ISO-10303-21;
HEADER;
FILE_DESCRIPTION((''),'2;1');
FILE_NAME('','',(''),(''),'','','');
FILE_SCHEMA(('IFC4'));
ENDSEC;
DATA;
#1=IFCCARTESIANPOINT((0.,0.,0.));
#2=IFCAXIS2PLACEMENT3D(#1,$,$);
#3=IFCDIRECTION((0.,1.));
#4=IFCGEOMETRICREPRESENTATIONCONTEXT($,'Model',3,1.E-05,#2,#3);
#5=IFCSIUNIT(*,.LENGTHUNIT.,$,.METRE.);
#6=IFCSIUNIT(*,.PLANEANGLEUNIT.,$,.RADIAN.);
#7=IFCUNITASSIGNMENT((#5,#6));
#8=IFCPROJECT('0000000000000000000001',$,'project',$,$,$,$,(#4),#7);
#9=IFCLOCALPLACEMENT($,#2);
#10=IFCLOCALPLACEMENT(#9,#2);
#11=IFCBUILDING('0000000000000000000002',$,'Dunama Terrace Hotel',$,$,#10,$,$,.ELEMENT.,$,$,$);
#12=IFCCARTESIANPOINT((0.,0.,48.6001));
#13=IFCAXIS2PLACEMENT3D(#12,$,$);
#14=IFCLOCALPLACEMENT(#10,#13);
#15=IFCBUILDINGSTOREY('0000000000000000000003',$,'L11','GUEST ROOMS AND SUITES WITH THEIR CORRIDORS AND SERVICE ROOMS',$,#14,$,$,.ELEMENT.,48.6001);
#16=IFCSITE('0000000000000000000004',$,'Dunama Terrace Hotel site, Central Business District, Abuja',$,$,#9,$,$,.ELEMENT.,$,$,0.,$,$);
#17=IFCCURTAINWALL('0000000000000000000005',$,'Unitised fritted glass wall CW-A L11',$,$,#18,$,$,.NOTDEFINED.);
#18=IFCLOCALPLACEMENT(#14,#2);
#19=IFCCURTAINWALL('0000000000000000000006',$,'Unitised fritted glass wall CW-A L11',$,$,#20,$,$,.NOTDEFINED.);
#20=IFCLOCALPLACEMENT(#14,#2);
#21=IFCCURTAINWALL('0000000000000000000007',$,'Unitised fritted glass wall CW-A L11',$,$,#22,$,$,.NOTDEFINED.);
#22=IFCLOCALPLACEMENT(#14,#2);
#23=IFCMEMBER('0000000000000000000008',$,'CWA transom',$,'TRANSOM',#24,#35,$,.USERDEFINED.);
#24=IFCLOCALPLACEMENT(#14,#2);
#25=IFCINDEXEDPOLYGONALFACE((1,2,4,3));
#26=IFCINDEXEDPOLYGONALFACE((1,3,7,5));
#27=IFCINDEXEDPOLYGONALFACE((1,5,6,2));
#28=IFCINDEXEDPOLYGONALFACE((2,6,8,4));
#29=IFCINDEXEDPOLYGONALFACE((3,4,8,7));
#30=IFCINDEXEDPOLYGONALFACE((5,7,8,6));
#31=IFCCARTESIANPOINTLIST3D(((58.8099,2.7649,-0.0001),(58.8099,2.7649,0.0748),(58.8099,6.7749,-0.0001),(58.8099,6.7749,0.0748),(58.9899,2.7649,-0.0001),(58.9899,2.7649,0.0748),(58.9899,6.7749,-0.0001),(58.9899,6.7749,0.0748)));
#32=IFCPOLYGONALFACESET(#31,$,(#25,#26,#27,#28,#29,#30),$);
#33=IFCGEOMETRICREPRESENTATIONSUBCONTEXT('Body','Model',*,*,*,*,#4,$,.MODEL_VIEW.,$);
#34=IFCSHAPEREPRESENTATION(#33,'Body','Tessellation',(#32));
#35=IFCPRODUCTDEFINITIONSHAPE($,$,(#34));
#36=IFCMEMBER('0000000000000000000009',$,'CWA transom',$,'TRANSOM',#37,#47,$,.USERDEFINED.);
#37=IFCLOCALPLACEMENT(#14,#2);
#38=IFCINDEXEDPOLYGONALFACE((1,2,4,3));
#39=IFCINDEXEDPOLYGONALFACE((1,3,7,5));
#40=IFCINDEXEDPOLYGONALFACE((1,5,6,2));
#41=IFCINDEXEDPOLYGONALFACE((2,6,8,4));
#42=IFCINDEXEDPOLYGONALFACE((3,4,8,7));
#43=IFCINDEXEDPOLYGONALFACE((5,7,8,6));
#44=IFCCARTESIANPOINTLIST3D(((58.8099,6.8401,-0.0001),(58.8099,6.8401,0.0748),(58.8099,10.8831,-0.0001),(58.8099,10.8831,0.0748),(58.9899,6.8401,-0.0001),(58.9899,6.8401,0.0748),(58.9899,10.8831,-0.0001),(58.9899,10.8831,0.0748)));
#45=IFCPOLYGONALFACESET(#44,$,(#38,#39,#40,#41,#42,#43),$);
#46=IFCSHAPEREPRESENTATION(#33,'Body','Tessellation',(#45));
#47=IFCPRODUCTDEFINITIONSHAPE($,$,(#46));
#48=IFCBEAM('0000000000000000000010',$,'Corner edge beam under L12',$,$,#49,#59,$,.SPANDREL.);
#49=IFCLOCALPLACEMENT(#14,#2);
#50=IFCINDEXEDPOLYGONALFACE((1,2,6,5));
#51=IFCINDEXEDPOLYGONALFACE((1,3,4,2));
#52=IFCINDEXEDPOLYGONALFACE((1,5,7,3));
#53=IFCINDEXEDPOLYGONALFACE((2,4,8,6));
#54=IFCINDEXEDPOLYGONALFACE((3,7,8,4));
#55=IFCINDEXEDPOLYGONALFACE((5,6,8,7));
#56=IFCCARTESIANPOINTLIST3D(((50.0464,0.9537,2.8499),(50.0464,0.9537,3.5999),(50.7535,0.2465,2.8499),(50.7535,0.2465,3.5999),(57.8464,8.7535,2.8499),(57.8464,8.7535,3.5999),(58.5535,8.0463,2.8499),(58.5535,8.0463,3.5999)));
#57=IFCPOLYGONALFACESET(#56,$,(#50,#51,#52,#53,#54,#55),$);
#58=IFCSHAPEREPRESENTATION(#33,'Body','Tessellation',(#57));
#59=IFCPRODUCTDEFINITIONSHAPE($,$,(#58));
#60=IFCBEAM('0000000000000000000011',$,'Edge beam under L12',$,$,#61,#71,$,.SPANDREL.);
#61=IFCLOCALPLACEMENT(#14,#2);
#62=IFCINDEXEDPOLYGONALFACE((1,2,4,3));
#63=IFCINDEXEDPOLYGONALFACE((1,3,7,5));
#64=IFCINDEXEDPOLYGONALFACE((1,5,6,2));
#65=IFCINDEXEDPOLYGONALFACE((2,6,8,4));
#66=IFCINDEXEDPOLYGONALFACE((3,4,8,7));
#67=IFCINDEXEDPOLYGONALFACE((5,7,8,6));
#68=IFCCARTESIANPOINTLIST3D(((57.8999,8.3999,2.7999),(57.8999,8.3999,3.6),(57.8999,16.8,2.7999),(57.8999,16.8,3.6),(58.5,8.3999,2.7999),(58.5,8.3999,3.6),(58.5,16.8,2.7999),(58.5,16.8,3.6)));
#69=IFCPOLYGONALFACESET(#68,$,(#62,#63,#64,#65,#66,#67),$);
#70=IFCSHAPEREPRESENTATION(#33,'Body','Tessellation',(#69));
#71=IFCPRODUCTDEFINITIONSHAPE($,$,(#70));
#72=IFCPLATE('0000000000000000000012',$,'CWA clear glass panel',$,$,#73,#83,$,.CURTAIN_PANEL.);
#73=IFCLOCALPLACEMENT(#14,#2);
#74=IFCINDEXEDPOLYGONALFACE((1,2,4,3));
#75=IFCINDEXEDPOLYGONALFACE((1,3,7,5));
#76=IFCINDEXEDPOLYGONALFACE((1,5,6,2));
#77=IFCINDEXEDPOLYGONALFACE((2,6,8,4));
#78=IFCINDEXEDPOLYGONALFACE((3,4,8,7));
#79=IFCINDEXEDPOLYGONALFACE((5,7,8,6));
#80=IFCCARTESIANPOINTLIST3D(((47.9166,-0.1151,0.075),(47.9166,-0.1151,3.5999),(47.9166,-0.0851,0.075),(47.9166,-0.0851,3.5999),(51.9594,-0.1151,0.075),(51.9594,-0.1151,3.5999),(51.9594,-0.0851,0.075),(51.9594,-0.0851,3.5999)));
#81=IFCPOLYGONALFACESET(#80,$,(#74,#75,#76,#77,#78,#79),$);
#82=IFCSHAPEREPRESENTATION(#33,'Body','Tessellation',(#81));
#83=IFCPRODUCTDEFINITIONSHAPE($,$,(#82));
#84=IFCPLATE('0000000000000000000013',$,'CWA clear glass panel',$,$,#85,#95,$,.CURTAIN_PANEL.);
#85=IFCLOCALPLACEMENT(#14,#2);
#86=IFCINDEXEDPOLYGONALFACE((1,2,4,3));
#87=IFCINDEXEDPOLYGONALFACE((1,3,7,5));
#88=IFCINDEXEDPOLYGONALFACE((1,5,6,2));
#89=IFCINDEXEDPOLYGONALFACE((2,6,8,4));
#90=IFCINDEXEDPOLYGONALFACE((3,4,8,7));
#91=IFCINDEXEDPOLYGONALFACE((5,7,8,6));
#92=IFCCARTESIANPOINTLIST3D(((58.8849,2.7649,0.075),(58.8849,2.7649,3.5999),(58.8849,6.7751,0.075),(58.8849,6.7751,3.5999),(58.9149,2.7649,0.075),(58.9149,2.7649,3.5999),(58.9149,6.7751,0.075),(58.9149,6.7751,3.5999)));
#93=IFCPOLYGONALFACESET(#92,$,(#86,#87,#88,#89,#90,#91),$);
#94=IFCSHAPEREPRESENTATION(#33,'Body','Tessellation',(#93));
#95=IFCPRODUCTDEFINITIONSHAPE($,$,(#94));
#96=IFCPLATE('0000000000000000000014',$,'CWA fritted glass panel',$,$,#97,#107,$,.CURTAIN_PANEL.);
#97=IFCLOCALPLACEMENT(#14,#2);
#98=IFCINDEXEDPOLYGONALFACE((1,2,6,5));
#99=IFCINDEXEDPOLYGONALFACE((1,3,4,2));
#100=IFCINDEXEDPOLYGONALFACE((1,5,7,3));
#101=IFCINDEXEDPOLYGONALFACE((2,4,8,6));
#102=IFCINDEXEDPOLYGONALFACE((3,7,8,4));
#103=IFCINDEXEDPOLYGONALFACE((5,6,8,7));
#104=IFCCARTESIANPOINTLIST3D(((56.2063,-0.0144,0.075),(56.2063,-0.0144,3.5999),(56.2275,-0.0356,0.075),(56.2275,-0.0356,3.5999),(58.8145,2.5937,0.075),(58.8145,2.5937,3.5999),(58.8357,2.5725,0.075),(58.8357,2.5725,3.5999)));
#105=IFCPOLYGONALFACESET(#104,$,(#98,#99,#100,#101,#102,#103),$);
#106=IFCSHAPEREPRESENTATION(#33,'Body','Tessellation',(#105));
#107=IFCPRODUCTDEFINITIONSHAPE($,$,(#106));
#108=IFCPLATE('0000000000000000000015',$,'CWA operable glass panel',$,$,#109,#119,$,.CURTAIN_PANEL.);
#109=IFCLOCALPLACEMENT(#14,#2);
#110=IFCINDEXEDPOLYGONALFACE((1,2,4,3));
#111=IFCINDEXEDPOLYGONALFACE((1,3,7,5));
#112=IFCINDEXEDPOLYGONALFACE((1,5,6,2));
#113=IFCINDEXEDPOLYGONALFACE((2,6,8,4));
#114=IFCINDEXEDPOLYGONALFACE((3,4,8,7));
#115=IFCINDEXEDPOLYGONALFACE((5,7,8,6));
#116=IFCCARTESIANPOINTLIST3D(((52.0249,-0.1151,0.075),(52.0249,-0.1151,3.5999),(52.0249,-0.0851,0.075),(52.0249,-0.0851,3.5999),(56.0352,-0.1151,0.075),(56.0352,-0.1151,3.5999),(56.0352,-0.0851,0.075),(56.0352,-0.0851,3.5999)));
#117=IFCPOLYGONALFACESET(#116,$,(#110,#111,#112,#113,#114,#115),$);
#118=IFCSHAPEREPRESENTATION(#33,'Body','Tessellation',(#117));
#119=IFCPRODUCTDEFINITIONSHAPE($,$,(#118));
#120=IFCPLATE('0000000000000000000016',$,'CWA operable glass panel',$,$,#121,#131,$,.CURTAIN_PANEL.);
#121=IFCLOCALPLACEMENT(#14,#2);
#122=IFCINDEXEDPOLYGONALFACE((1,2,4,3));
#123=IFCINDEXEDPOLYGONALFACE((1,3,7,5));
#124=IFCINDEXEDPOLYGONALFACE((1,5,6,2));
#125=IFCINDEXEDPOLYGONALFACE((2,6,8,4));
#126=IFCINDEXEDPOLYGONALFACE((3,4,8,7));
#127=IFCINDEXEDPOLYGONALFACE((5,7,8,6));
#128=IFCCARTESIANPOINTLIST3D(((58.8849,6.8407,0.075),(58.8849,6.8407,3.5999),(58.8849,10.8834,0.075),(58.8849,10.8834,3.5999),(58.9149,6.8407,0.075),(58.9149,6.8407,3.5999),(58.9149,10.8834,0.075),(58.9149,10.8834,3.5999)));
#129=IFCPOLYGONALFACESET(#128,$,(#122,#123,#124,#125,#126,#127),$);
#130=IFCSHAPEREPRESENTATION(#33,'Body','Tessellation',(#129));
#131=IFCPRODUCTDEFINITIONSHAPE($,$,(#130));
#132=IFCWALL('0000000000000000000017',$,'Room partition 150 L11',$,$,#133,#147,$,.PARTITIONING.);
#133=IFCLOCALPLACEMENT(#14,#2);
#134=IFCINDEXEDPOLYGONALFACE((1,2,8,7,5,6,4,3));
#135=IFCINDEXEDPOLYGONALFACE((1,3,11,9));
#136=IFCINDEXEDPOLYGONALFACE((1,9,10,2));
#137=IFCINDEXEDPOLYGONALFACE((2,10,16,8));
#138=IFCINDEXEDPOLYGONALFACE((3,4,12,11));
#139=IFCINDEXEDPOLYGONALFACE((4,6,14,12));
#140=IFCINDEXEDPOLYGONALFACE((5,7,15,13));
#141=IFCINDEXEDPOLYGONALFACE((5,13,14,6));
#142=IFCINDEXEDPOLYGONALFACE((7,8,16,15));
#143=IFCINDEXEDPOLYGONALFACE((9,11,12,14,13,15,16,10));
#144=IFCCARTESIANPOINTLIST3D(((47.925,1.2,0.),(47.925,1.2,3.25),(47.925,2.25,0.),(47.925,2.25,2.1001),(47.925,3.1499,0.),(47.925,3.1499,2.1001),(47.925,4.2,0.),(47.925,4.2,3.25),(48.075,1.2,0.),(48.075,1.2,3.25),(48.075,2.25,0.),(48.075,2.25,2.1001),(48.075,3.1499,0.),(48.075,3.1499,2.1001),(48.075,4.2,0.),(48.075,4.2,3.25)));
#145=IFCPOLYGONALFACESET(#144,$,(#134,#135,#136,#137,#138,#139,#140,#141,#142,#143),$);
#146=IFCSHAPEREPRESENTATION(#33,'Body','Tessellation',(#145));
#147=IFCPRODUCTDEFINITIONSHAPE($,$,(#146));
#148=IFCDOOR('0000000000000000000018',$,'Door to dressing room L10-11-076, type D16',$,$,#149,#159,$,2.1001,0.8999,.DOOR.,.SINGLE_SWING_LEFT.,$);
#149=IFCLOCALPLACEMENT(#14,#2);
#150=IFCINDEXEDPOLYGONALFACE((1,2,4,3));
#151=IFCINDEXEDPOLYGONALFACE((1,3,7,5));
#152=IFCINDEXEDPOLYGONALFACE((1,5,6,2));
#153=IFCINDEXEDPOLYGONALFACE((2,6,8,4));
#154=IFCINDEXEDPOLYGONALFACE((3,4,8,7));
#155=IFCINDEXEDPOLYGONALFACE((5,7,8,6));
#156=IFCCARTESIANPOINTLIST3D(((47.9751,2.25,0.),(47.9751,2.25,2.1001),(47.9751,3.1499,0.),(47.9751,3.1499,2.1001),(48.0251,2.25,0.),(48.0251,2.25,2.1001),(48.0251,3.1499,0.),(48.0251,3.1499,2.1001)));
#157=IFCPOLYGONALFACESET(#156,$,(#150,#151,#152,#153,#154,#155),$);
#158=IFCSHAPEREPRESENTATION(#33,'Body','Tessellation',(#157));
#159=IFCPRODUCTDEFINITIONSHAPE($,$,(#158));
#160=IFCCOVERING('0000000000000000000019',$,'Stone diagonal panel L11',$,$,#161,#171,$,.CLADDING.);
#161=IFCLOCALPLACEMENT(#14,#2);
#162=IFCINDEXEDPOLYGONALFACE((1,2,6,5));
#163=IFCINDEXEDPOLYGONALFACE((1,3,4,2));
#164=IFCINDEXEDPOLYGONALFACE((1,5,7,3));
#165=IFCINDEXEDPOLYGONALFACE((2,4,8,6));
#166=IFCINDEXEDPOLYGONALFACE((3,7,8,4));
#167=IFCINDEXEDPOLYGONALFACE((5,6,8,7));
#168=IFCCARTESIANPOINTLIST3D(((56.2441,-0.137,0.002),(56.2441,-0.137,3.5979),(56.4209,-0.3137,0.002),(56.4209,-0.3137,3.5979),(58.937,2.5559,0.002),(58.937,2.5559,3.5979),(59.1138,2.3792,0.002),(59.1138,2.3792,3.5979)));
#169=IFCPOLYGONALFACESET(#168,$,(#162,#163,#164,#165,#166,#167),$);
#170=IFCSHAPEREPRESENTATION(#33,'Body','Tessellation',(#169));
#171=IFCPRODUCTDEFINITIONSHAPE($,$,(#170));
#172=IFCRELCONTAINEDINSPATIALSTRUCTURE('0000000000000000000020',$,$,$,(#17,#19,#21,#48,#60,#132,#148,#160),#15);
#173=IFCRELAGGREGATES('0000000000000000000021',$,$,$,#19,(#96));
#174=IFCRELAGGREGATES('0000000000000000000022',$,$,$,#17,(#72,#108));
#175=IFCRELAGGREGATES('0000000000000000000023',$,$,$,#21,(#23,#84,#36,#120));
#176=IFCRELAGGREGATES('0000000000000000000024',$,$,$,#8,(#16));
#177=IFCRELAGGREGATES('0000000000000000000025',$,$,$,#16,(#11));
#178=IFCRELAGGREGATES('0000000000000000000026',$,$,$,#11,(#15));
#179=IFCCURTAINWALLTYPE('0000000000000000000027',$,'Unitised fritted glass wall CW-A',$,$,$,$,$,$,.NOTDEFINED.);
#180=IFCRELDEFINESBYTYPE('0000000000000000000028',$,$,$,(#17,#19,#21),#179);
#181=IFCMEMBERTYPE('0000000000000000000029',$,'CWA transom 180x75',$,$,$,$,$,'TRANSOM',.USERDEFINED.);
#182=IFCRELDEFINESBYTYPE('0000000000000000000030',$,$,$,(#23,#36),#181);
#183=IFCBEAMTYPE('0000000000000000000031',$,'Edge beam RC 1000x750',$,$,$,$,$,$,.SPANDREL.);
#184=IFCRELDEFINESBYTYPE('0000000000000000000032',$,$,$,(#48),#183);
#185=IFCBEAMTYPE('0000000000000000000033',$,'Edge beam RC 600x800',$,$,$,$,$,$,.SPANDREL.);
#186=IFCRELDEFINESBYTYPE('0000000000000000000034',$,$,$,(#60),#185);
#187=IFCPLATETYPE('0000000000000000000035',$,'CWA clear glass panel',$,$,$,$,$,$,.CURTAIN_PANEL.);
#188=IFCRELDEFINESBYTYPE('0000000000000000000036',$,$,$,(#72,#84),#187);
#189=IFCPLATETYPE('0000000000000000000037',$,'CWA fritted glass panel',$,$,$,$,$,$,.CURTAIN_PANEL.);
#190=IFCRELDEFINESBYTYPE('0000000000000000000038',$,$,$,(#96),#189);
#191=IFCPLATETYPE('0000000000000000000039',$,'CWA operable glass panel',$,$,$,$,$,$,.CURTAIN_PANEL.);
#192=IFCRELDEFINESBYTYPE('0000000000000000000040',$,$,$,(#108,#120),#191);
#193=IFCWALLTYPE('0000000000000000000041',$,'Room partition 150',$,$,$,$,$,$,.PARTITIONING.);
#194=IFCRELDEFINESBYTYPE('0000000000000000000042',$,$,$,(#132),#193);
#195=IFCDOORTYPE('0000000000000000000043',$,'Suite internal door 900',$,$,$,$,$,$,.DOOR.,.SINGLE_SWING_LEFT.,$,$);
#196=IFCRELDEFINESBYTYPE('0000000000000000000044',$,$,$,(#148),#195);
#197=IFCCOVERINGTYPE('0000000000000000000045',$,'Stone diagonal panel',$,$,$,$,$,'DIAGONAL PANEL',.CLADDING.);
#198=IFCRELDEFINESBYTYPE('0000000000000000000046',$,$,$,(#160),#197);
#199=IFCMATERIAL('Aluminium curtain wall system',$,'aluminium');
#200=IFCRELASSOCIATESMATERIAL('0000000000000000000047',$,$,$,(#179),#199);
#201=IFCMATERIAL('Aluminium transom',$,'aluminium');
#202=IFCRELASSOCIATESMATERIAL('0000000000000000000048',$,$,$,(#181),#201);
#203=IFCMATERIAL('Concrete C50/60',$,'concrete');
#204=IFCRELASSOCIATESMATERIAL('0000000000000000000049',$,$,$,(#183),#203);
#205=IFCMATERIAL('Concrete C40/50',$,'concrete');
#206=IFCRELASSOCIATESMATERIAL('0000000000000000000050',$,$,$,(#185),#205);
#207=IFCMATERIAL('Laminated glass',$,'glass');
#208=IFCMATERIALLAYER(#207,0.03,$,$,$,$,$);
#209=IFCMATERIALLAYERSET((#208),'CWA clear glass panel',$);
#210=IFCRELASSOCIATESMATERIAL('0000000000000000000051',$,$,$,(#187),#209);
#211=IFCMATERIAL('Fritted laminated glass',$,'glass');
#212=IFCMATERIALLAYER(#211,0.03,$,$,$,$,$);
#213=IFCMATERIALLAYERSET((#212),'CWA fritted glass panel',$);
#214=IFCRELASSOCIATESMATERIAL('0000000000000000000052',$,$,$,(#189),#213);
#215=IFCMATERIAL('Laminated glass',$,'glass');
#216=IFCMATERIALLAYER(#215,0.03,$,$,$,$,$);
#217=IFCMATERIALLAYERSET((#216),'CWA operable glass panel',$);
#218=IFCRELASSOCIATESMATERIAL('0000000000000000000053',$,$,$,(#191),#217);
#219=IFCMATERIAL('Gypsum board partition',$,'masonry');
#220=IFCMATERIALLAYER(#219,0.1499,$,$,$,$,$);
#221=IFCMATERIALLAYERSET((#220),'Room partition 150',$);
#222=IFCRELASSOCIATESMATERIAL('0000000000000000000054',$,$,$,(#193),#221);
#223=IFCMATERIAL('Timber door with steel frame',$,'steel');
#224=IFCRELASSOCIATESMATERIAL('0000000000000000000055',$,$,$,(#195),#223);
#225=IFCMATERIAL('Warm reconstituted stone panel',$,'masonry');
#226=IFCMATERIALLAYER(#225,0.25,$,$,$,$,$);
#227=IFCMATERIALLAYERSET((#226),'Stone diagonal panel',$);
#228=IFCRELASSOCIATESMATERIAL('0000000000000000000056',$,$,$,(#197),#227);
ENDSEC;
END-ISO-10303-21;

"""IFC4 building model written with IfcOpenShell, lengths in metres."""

from ifc_helpers import new_model, si_unit, direction, frame, frame_2d, origin, origin_2d, place, context, subcontext, project, spatial, rectangle, extrude, material, layer, layer_set, material_profile, profile_set, type_object, element, fill, aggregate, save


model = new_model("IFC4")

# Units and contexts
model_context = context("Model", 3, precision=1e-05, world=origin(), true_north=direction((0.0, 1.0)))
body_context = subcontext(model_context, "Body", "Model", "MODEL_VIEW")
ifc_project = project(units=[si_unit("LENGTHUNIT", "METRE"), si_unit("PLANEANGLEUNIT", "RADIAN")], contexts=[model_context])

# Site, building, storey
site_placement = place(None, origin())
site = spatial("IfcSite", under=ifc_project, at=site_placement, Name="Dunama Terrace Hotel site, Central Business District, Abuja", CompositionType="ELEMENT", RefElevation=0.0)
building_placement = place(site_placement, origin())
building = spatial("IfcBuilding", under=site, at=building_placement, Name="Dunama Terrace Hotel", CompositionType="ELEMENT")
storey_placement = place(building_placement, frame((0.0, 0.0, 48.6001)))
storey = spatial("IfcBuildingStorey", under=building, at=storey_placement, Name="L11", Description="GUEST ROOMS AND SUITES WITH THEIR CORRIDORS AND SERVICE ROOMS", CompositionType="ELEMENT", Elevation=48.6001)

# Curtain walls
ifc_material_1 = material(Name="Aluminium curtain wall system", Category="aluminium")
curtain_wall_type = type_object("IfcCurtainWallType", Name="Unitised fritted glass wall CW-A", PredefinedType="NOTDEFINED", material=ifc_material_1)
curtain_wall_1_placement = place(storey_placement, origin())
curtain_wall_1 = element("IfcCurtainWall", 1, at=curtain_wall_1_placement, inside=storey, type_object=curtain_wall_type, Name="Unitised fritted glass wall CW-A L11", PredefinedType="NOTDEFINED")
curtain_wall_2_placement = place(storey_placement, origin())
curtain_wall_2 = element("IfcCurtainWall", 2, at=curtain_wall_2_placement, inside=storey, type_object=curtain_wall_type, Name="Unitised fritted glass wall CW-A L11", PredefinedType="NOTDEFINED")
curtain_wall_3_placement = place(storey_placement, origin())
curtain_wall_3 = element("IfcCurtainWall", 3, at=curtain_wall_3_placement, inside=storey, type_object=curtain_wall_type, Name="Unitised fritted glass wall CW-A L11", PredefinedType="NOTDEFINED")

# Members
ifc_material_2 = material(Name="Aluminium transom", Category="aluminium")
ifc_material_profile_1 = material_profile(ifc_material_2, rectangle(XDim=0.1799, YDim=0.075, at=origin_2d()), Name="CWA TRANSOM 180X75")
ifc_profile_set_1 = profile_set([ifc_material_profile_1], Name="Aluminium transom")
member_type_1 = type_object("IfcMemberType", Name="CWA transom 180x75", ElementType="TRANSOM", PredefinedType="USERDEFINED", material=ifc_profile_set_1)
member_1_placement = place(storey_placement, frame((58.8999, 2.7649, 0.0374), z_axis=(0.0, 1.0, 0.0), x_axis=(-1.0, 0.0, 0.0)))
member_1 = element("IfcMember", 4, at=member_1_placement, type_object=member_type_1, Name="CWA transom", ObjectType="TRANSOM", PredefinedType="USERDEFINED", context=body_context, shape_type="SweptSolid", body=[
    extrude(rectangle(XDim=0.1799, YDim=0.075, at=origin_2d()), origin(), (0.0, 0.0, 1.0), 4.01),
])
member_2_placement = place(storey_placement, frame((58.8999, 6.8401, 0.0374), z_axis=(0.0, 1.0, 0.0), x_axis=(-1.0, 0.0, 0.0)))
member_2 = element("IfcMember", 5, at=member_2_placement, type_object=member_type_1, Name="CWA transom", ObjectType="TRANSOM", PredefinedType="USERDEFINED", context=body_context, shape_type="SweptSolid", body=[
    extrude(rectangle(XDim=0.1799, YDim=0.075, at=origin_2d()), origin(), (0.0, 0.0, 1.0), 4.043),
])

# Beams
ifc_material_3 = material(Name="Concrete C50/60", Category="concrete")
ifc_material_profile_2 = material_profile(ifc_material_3, rectangle(XDim=1.0, YDim=0.75, at=origin_2d()), Name="RC 1000x750")
ifc_profile_set_2 = profile_set([ifc_material_profile_2], Name="Concrete C50/60")
beam_type_1 = type_object("IfcBeamType", Name="Edge beam RC 1000x750", PredefinedType="SPANDREL", material=ifc_profile_set_2)
beam_1_placement = place(storey_placement, frame((50.3999, 0.6001, 3.2249), z_axis=(0.707118, 0.707096, 0.0), x_axis=(-0.707096, 0.707118, 0.0)))
element("IfcBeam", 6, at=beam_1_placement, inside=storey, type_object=beam_type_1, Name="Corner edge beam under L12", PredefinedType="SPANDREL", context=body_context, shape_type="SweptSolid", body=[
    extrude(rectangle(XDim=1.0, YDim=0.75, at=origin_2d()), origin(), (0.0, 0.0, 1.0), 11.0308),
])
ifc_material_4 = material(Name="Concrete C40/50", Category="concrete")
ifc_material_profile_3 = material_profile(ifc_material_4, rectangle(XDim=0.6001, YDim=0.8, at=origin_2d()), Name="RC 600x800")
ifc_profile_set_3 = profile_set([ifc_material_profile_3], Name="Concrete C40/50")
beam_type_2 = type_object("IfcBeamType", Name="Edge beam RC 600x800", PredefinedType="SPANDREL", material=ifc_profile_set_3)
beam_2_placement = place(storey_placement, frame((58.2, 8.3999, 3.2), z_axis=(0.0, 1.0, 0.0), x_axis=(-1.0, 0.0, 0.0)))
element("IfcBeam", 7, at=beam_2_placement, inside=storey, type_object=beam_type_2, Name="Edge beam under L12", PredefinedType="SPANDREL", context=body_context, shape_type="SweptSolid", body=[
    extrude(rectangle(XDim=0.6001, YDim=0.8, at=origin_2d()), origin(), (0.0, 0.0, 1.0), 8.4001),
])

# Plates
ifc_material_5 = material(Name="Laminated glass", Category="glass")
ifc_layer_1 = layer(ifc_material_5, 0.03)
ifc_layer_set_1 = layer_set([ifc_layer_1], Name="CWA clear glass panel")
plate_type_1 = type_object("IfcPlateType", Name="CWA clear glass panel", PredefinedType="CURTAIN_PANEL", material=ifc_layer_set_1)
plate_1_placement = place(storey_placement, frame((49.938, -0.1001, 0.075), z_axis=(0.0, 0.0, 1.0), x_axis=(1.0, 0.0, 0.0)))
plate_1 = element("IfcPlate", 8, at=plate_1_placement, type_object=plate_type_1, Name="CWA clear glass panel", PredefinedType="CURTAIN_PANEL", context=body_context, shape_type="SweptSolid", body=[
    extrude(rectangle(XDim=4.0427, YDim=0.03, at=origin_2d()), origin(), (0.0, 0.0, 1.0), 3.5249),
])
plate_2_placement = place(storey_placement, frame((58.8999, 4.77, 0.075), z_axis=(0.0, 0.0, 1.0), x_axis=(0.0, 1.0, 0.0)))
plate_2 = element("IfcPlate", 9, at=plate_2_placement, type_object=plate_type_1, Name="CWA clear glass panel", PredefinedType="CURTAIN_PANEL", context=body_context, shape_type="SweptSolid", body=[
    extrude(rectangle(XDim=4.0103, YDim=0.03, at=origin_2d()), origin(), (0.0, 0.0, 1.0), 3.5249),
])
ifc_material_6 = material(Name="Fritted laminated glass", Category="glass")
ifc_layer_2 = layer(ifc_material_6, 0.03)
ifc_layer_set_2 = layer_set([ifc_layer_2], Name="CWA fritted glass panel")
plate_type_2 = type_object("IfcPlateType", Name="CWA fritted glass panel", PredefinedType="CURTAIN_PANEL", material=ifc_layer_set_2)
plate_3_placement = place(storey_placement, frame((57.521, 1.2791, 0.075), z_axis=(0.0, 0.0, 1.0), x_axis=(0.707107, 0.707107, 0.0)))
plate_3 = element("IfcPlate", 10, at=plate_3_placement, type_object=plate_type_2, Name="CWA fritted glass panel", PredefinedType="CURTAIN_PANEL", context=body_context, shape_type="SweptSolid", body=[
    extrude(rectangle(XDim=3.6885, YDim=0.03, at=origin_2d()), origin(), (0.0, 0.0, 1.0), 3.5249),
])
aggregate(curtain_wall_2, [plate_3])
ifc_material_7 = material(Name="Laminated glass", Category="glass")
ifc_layer_3 = layer(ifc_material_7, 0.03)
ifc_layer_set_3 = layer_set([ifc_layer_3], Name="CWA operable glass panel")
plate_type_3 = type_object("IfcPlateType", Name="CWA operable glass panel", PredefinedType="CURTAIN_PANEL", material=ifc_layer_set_3)
plate_4_placement = place(storey_placement, frame((54.03, -0.1001, 0.075), z_axis=(0.0, 0.0, 1.0), x_axis=(1.0, 0.0, 0.0)))
plate_4 = element("IfcPlate", 11, at=plate_4_placement, type_object=plate_type_3, Name="CWA operable glass panel", PredefinedType="CURTAIN_PANEL", context=body_context, shape_type="SweptSolid", body=[
    extrude(rectangle(XDim=4.0103, YDim=0.03, at=origin_2d()), origin(), (0.0, 0.0, 1.0), 3.5249),
])
aggregate(curtain_wall_1, [plate_1, plate_4])
plate_5_placement = place(storey_placement, frame((58.8999, 8.8621, 0.075), z_axis=(0.0, 0.0, 1.0), x_axis=(0.0, 1.0, 0.0)))
plate_5 = element("IfcPlate", 12, at=plate_5_placement, type_object=plate_type_3, Name="CWA operable glass panel", PredefinedType="CURTAIN_PANEL", context=body_context, shape_type="SweptSolid", body=[
    extrude(rectangle(XDim=4.0427, YDim=0.03, at=origin_2d()), origin(), (0.0, 0.0, 1.0), 3.5249),
])
aggregate(curtain_wall_3, [member_1, plate_2, member_2, plate_5])

# Wall, opening, door
ifc_material_8 = material(Name="Gypsum board partition", Category="masonry")
ifc_layer_4 = layer(ifc_material_8, 0.1499)
ifc_layer_set_4 = layer_set([ifc_layer_4], Name="Room partition 150")
wall_type = type_object("IfcWallType", Name="Room partition 150", PredefinedType="PARTITIONING", material=ifc_layer_set_4)
wall_placement = place(storey_placement, frame((48.0, 1.2, 0.0), z_axis=(0.0, 0.0, 1.0), x_axis=(0.0, 1.0, 0.0)))
wall = element("IfcWall", 13, at=wall_placement, inside=storey, type_object=wall_type, Name="Room partition 150 L11", PredefinedType="PARTITIONING", context=body_context, shape_type="SweptSolid", body=[
    extrude(rectangle(XDim=3.0, YDim=0.1499, at=frame_2d((1.5, 0.0))), origin(), (0.0, 0.0, 1.0), 3.25),
])
opening_placement = place(wall_placement, frame((1.05, 0.0, 0.0)))
opening = element("IfcOpeningElement", 14, at=opening_placement, cuts=wall, PredefinedType="OPENING", context=body_context, shape_type="SweptSolid", body=[
    extrude(rectangle(XDim=0.8999, YDim=2.1001, at=frame_2d((0.45, 1.05))), frame((0.0, 0.085, 0.0), z_axis=(0.0, -1.0, 0.0), x_axis=(1.0, 0.0, 0.0)), (0.0, 0.0, 1.0), 0.1699),
])
ifc_material_9 = material(Name="Timber door with steel frame", Category="steel")
door_type = type_object("IfcDoorType", Name="Suite internal door 900", OperationType="SINGLE_SWING_LEFT", PredefinedType="DOOR", material=ifc_material_9)
door_placement = place(opening_placement, origin())
door = element("IfcDoor", 15, at=door_placement, inside=storey, type_object=door_type, Name="Door to dressing room L10-11-076, type D16", OperationType="SINGLE_SWING_LEFT", OverallHeight=2.1001, OverallWidth=0.8999, PredefinedType="DOOR", context=body_context, shape_type="SweptSolid", body=[
    extrude(rectangle(XDim=0.8999, YDim=2.1001, at=frame_2d((0.45, 1.05))), frame((0.0, 0.0249, 0.0), z_axis=(0.0, -1.0, 0.0), x_axis=(1.0, 0.0, 0.0)), (0.0, 0.0, 1.0), 0.05),
])
fill(opening, door)

# Covering
ifc_material_10 = material(Name="Warm reconstituted stone panel", Category="masonry")
ifc_layer_5 = layer(ifc_material_10, 0.25)
ifc_layer_set_5 = layer_set([ifc_layer_5], Name="Stone diagonal panel")
covering_type = type_object("IfcCoveringType", Name="Stone diagonal panel", ElementType="DIAGONAL PANEL", PredefinedType="CLADDING", material=ifc_layer_set_5)
covering_1_placement = place(storey_placement, frame((57.679, 1.1211, 0.002), z_axis=(0.0, 0.0, 1.0), x_axis=(0.707107, 0.707107, 0.0)))
element("IfcCovering", 16, at=covering_1_placement, inside=storey, type_object=covering_type, Name="Stone diagonal panel L11", PredefinedType="CLADDING", context=body_context, shape_type="SweptSolid", body=[
    extrude(rectangle(XDim=3.8083, YDim=0.25, at=origin_2d()), origin(), (0.0, 0.0, 1.0), 3.5959),
])

save(model, "model.ifc")
